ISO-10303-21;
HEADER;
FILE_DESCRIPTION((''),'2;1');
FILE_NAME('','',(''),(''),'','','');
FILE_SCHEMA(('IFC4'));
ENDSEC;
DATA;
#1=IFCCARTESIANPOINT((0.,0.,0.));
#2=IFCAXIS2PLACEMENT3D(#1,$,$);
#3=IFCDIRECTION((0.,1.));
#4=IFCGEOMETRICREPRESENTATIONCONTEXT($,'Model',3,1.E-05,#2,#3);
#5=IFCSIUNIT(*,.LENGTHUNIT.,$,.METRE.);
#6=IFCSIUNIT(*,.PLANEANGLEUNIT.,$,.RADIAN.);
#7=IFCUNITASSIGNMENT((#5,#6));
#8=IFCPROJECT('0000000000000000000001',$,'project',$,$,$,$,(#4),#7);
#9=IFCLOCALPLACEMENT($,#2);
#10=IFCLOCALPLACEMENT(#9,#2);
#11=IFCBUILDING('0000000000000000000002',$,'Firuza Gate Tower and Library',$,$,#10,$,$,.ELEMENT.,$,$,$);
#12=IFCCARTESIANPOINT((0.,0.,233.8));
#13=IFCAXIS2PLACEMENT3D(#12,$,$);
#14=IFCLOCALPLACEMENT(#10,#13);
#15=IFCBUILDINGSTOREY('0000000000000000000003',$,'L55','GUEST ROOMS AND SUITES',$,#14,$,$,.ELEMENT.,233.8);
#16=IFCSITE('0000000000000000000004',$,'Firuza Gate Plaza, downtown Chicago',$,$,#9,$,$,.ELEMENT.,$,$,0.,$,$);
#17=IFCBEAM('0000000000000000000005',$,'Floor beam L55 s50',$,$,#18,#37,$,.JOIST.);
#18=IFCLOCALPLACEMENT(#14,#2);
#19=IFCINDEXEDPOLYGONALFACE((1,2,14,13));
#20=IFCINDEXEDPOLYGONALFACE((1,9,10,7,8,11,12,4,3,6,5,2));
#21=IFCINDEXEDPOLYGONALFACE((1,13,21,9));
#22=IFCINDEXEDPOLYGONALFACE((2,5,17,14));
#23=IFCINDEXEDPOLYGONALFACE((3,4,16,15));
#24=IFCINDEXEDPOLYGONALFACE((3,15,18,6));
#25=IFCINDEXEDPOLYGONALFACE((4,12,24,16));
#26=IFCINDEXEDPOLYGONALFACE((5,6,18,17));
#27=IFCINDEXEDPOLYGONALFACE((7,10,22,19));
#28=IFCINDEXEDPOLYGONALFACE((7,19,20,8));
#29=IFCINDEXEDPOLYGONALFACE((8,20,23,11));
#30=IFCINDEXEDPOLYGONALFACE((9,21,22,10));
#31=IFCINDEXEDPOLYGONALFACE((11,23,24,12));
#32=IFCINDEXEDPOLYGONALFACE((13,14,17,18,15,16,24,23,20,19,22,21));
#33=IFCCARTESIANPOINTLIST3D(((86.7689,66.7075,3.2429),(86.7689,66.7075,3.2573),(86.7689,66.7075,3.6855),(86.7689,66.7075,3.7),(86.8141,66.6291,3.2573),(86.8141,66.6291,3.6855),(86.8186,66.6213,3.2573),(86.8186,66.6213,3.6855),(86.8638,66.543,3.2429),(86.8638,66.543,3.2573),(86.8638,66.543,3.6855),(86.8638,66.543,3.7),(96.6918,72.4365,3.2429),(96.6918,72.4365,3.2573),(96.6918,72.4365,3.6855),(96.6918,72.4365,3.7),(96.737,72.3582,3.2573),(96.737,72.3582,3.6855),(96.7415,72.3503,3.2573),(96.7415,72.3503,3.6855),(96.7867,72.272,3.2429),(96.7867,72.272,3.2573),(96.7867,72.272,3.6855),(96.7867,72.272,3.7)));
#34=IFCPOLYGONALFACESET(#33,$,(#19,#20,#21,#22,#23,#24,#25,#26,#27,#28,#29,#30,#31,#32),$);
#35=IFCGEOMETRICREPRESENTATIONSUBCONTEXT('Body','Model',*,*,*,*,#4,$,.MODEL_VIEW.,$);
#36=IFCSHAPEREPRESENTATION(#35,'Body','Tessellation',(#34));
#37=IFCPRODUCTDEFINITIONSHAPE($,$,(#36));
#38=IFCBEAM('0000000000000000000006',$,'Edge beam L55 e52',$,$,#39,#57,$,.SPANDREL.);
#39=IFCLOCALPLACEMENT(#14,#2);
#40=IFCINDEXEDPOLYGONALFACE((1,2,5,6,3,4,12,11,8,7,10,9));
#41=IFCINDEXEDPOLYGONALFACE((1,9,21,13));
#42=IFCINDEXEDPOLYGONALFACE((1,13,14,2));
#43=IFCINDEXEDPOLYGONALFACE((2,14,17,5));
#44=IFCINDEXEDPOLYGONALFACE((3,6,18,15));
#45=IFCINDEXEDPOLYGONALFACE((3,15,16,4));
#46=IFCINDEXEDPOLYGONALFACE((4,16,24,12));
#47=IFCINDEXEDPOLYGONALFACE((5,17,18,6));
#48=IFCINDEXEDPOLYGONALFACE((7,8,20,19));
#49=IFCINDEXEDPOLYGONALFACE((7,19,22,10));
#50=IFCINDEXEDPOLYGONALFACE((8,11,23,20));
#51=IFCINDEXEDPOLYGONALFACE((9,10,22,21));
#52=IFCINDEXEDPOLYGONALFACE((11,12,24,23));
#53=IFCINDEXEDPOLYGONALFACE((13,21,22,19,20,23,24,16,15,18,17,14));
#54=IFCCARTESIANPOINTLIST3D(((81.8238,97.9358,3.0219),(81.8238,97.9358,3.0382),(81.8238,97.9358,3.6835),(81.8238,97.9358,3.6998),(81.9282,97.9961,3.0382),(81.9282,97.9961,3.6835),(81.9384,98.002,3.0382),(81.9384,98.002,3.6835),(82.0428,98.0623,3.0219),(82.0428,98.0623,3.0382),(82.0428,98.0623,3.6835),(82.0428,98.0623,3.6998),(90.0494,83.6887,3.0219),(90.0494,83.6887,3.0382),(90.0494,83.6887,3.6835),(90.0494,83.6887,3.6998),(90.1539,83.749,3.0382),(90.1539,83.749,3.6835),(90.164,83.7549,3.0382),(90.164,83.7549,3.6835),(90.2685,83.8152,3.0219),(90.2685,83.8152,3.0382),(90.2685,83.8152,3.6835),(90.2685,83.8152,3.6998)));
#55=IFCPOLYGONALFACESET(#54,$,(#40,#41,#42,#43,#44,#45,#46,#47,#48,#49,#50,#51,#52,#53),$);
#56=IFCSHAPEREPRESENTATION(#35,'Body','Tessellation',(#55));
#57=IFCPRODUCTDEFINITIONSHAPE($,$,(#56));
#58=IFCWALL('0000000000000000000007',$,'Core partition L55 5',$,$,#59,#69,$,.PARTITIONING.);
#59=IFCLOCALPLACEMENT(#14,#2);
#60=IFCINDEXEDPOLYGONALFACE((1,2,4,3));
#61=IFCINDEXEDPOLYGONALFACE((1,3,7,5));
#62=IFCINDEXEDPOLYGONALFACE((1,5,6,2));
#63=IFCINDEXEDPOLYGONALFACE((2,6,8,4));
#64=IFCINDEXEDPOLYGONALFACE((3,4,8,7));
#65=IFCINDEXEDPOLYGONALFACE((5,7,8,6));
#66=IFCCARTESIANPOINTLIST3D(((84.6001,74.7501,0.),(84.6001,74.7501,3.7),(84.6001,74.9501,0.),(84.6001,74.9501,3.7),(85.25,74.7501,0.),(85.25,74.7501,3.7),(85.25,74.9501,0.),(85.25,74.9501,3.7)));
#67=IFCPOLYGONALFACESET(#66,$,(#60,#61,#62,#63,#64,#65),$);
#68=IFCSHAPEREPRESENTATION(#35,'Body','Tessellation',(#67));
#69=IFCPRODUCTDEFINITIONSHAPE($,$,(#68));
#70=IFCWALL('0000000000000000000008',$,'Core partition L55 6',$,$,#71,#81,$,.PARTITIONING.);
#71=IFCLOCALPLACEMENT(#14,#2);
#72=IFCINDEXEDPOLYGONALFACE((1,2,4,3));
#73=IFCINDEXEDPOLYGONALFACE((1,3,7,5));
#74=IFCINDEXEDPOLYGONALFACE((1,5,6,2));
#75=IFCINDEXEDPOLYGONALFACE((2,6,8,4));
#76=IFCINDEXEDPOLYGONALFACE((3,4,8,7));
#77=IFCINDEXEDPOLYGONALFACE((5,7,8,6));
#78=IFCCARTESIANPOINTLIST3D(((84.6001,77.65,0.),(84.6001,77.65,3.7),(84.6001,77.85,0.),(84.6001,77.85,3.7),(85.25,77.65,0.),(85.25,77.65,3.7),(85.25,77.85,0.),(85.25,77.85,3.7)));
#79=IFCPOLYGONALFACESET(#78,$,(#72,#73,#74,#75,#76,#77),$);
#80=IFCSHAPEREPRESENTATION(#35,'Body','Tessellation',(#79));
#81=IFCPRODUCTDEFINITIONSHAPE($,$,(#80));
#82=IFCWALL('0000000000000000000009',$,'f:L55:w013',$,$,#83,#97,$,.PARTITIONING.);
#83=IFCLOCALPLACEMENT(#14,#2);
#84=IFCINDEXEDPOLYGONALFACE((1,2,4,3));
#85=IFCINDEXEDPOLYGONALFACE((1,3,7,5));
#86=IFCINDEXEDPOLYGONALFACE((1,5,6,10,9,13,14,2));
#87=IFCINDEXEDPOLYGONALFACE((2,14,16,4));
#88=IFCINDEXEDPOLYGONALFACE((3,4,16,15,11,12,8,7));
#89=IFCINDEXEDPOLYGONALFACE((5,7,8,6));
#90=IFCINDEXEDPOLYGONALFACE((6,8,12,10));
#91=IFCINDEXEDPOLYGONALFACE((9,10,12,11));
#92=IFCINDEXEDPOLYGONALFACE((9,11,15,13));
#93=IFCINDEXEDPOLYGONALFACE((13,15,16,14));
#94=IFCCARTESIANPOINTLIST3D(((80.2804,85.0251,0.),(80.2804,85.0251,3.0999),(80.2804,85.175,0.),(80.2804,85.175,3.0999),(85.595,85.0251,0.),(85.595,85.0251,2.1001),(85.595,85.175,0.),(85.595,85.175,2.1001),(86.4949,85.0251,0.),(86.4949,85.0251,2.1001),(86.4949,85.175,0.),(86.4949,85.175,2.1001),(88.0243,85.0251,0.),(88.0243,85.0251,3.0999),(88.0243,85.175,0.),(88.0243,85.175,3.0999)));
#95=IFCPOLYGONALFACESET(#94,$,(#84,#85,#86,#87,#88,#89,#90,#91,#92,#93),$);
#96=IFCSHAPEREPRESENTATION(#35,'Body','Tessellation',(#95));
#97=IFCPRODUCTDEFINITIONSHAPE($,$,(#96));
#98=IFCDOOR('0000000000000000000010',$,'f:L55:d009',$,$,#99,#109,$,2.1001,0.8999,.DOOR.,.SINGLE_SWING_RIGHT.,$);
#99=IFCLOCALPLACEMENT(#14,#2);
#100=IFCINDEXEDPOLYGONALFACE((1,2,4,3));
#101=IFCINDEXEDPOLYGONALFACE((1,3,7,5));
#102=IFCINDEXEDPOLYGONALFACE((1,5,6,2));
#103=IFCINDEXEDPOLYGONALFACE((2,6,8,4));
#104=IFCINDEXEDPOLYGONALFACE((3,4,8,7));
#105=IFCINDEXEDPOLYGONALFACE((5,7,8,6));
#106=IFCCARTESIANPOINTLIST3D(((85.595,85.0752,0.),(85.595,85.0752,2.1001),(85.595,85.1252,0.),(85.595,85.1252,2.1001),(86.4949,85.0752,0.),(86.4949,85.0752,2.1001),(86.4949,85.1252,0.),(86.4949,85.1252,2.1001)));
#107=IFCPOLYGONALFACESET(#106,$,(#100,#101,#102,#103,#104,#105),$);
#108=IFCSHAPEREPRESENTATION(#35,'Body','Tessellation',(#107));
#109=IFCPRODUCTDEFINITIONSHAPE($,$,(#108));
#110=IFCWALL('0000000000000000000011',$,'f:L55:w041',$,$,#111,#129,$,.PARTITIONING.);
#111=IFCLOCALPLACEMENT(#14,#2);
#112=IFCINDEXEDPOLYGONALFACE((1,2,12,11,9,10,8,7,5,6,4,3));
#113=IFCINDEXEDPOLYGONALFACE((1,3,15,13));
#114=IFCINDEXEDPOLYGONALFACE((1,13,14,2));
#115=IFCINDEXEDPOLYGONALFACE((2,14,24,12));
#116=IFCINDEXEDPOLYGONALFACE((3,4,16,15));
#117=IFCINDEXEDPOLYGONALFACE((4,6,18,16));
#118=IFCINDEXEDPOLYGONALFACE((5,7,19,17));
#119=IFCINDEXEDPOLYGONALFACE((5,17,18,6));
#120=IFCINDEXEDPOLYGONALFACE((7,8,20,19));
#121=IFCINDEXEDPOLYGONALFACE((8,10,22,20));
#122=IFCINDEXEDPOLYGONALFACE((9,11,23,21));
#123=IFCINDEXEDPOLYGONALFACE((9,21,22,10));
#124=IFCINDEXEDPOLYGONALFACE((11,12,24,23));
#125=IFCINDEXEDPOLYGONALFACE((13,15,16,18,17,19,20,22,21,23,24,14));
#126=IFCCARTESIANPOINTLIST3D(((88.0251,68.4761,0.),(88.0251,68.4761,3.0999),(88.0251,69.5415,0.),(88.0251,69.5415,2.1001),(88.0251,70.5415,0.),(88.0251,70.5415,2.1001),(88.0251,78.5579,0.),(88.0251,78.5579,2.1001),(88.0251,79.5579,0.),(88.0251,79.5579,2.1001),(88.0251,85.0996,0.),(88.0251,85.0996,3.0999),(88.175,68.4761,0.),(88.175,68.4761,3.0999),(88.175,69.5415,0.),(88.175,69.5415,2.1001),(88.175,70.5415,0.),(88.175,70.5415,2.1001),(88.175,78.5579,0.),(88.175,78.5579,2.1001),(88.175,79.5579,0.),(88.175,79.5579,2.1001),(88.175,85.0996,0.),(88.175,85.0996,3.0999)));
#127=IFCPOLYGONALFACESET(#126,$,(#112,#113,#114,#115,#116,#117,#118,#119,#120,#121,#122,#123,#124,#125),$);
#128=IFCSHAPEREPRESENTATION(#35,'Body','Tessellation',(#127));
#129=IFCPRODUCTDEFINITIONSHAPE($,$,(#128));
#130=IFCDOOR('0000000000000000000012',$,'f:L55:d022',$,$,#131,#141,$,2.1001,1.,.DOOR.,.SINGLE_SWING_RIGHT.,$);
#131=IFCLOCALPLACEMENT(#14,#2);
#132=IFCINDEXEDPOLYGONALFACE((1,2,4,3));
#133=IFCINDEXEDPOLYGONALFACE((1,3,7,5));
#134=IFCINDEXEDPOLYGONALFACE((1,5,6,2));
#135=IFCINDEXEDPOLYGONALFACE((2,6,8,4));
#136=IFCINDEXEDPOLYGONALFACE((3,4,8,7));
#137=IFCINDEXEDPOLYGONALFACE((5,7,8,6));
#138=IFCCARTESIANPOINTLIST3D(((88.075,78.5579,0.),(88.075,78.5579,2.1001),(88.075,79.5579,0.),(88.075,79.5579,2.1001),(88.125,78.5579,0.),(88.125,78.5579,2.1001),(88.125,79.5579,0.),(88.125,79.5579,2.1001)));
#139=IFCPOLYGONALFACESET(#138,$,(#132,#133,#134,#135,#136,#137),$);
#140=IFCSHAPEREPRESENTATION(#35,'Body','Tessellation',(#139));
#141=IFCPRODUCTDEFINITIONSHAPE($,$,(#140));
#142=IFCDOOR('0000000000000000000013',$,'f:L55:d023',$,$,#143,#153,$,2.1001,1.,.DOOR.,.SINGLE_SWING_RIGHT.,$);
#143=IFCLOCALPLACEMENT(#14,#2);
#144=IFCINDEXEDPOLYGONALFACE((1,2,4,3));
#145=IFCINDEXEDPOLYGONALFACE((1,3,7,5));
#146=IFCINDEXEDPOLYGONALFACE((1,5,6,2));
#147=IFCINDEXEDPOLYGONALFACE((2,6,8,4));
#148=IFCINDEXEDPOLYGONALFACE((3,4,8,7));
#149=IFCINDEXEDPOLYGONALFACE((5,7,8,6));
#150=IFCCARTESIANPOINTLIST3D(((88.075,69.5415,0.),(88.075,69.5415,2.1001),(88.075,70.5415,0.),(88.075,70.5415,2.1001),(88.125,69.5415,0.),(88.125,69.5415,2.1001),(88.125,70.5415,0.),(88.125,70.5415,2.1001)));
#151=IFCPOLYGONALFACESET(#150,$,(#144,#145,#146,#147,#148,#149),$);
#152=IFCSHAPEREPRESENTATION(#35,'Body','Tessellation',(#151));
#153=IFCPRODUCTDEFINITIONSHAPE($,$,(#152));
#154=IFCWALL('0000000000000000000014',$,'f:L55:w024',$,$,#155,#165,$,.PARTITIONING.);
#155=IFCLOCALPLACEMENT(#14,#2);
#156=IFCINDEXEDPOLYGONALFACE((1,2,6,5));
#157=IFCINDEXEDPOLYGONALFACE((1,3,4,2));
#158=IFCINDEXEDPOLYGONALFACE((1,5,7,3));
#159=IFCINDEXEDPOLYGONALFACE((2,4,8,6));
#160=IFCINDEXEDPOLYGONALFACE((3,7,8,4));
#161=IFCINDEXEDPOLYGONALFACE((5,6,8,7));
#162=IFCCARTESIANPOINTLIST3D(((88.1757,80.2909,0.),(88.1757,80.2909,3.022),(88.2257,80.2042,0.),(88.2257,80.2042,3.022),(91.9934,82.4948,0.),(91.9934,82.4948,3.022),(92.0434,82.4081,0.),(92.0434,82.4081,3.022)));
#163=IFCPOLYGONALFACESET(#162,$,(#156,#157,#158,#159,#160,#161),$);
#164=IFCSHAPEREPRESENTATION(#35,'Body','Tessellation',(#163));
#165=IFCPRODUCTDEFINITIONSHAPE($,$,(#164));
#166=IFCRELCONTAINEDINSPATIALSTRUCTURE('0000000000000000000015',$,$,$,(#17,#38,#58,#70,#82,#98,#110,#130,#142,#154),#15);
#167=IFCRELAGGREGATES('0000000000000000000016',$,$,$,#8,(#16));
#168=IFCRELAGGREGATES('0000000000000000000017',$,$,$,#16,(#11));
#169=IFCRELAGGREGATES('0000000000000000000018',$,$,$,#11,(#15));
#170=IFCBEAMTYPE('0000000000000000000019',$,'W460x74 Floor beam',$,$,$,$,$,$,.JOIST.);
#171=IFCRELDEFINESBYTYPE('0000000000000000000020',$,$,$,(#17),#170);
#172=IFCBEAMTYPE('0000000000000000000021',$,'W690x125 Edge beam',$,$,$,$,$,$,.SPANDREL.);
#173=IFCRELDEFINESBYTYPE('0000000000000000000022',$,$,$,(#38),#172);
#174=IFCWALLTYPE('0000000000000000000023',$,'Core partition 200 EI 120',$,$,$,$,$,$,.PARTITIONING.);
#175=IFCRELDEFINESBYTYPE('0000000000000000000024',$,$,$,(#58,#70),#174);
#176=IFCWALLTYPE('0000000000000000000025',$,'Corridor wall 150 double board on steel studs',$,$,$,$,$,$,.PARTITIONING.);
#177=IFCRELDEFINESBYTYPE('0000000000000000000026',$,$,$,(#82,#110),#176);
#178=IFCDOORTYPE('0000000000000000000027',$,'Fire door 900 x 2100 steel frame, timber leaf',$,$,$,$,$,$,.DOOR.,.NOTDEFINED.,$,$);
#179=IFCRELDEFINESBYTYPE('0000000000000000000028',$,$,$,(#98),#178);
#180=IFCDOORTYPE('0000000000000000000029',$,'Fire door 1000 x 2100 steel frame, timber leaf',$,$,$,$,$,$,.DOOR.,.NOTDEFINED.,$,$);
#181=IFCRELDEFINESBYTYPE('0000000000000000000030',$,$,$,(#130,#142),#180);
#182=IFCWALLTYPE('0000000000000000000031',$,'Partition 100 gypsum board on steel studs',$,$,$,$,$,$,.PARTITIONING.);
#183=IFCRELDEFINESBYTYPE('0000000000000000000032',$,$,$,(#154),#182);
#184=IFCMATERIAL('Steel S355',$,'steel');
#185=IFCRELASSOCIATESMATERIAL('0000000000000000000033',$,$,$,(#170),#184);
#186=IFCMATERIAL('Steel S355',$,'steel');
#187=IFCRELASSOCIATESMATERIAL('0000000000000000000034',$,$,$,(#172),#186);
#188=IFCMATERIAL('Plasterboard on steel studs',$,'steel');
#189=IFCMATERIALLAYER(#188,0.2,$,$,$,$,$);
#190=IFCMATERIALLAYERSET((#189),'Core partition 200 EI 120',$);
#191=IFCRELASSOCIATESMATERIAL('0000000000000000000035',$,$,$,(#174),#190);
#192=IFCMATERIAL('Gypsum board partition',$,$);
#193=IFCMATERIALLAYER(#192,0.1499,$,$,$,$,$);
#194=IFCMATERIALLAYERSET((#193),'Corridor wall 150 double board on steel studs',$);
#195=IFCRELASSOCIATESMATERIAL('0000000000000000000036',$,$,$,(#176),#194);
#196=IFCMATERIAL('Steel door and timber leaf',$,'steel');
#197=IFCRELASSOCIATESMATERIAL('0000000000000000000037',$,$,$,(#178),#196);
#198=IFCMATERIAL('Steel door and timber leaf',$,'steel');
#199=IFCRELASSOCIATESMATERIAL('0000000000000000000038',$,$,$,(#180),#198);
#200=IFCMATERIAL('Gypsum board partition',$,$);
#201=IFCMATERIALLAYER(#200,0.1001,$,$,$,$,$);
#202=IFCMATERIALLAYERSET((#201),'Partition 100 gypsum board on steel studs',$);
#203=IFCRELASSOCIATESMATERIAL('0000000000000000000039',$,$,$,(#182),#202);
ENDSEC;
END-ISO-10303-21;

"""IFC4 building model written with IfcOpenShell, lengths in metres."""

from ifc_helpers import new_model, si_unit, direction, frame, frame_2d, origin, origin_2d, place, context, subcontext, project, spatial, rectangle, i_section, extrude, material, layer, layer_set, material_profile, profile_set, type_object, element, fill, save


model = new_model("IFC4")

# Units and contexts
model_context = context("Model", 3, precision=1e-05, world=origin(), true_north=direction((0.0, 1.0)))
body_context = subcontext(model_context, "Body", "Model", "MODEL_VIEW")
ifc_project = project(units=[si_unit("LENGTHUNIT", "METRE"), si_unit("PLANEANGLEUNIT", "RADIAN")], contexts=[model_context])

# Site, building, storey
site_placement = place(None, origin())
site = spatial("IfcSite", under=ifc_project, at=site_placement, Name="Firuza Gate Plaza, downtown Chicago", CompositionType="ELEMENT", RefElevation=0.0)
building_placement = place(site_placement, origin())
building = spatial("IfcBuilding", under=site, at=building_placement, Name="Firuza Gate Tower and Library", CompositionType="ELEMENT")
storey_placement = place(building_placement, frame((0.0, 0.0, 233.8)))
storey = spatial("IfcBuildingStorey", under=building, at=storey_placement, Name="L55", Description="GUEST ROOMS AND SUITES", CompositionType="ELEMENT", Elevation=233.8)

# Beams
ifc_material_1 = material(Name="Steel S355", Category="steel")
ifc_material_profile_1 = material_profile(ifc_material_1, i_section(OverallWidth=0.1899, OverallDepth=0.457, WebThickness=0.009, FlangeThickness=0.0144, at=origin_2d()))
ifc_profile_set_1 = profile_set([ifc_material_profile_1], Name="Steel S355")
beam_type_1 = type_object("IfcBeamType", Name="W460x74 Floor beam", PredefinedType="JOIST", material=ifc_profile_set_1)
beam_1_placement = place(storey_placement, frame((96.7393, 72.3542, 3.4714), z_axis=(-0.866024, -0.500003, 0.0), x_axis=(0.500003, -0.866024, 0.0)))
element("IfcBeam", 1, at=beam_1_placement, inside=storey, type_object=beam_type_1, Name="Floor beam L55 s50", PredefinedType="JOIST", context=body_context, shape_type="SweptSolid", body=[
    extrude(i_section(OverallWidth=0.1899, OverallDepth=0.457, WebThickness=0.009, FlangeThickness=0.0144, at=origin_2d()), origin(), (0.0, 0.0, 1.0), 11.458),
])
ifc_material_2 = material(Name="Steel S355", Category="steel")
ifc_material_profile_2 = material_profile(ifc_material_2, i_section(OverallWidth=0.2529, OverallDepth=0.678, WebThickness=0.0117, FlangeThickness=0.0164, at=origin_2d()))
ifc_profile_set_2 = profile_set([ifc_material_profile_2], Name="Steel S355")
beam_type_2 = type_object("IfcBeamType", Name="W690x125 Edge beam", PredefinedType="SPANDREL", material=ifc_profile_set_2)
beam_2_placement = place(storey_placement, frame((90.1589, 83.752, 3.3608), z_axis=(-0.500002, 0.866024, 0.0), x_axis=(-0.866024, -0.500002, 0.0)))
element("IfcBeam", 2, at=beam_2_placement, inside=storey, type_object=beam_type_2, Name="Edge beam L55 e52", PredefinedType="SPANDREL", context=body_context, shape_type="SweptSolid", body=[
    extrude(i_section(OverallWidth=0.2529, OverallDepth=0.678, WebThickness=0.0117, FlangeThickness=0.0164, at=origin_2d()), origin(), (0.0, 0.0, 1.0), 16.4512),
])

# Walls
ifc_material_3 = material(Name="Plasterboard on steel studs", Category="steel")
ifc_layer_1 = layer(ifc_material_3, 0.2)
ifc_layer_set_1 = layer_set([ifc_layer_1], Name="Core partition 200 EI 120")
wall_type_1 = type_object("IfcWallType", Name="Core partition 200 EI 120", PredefinedType="PARTITIONING", material=ifc_layer_set_1)
for number, where, z_axis, x_axis, name in (
    (3, (84.6001, 74.8501, 0.0), (0.0, 0.0, 1.0), (1.0, 0.0, 0.0), "Core partition L55 5"),
    (4, (84.6001, 77.75, 0.0), (0.0, 0.0, 1.0), (1.0, 0.0, 0.0), "Core partition L55 6"),
):
    element("IfcWall", number, at=place(storey_placement, frame(where, z_axis=z_axis, x_axis=x_axis)), inside=storey, type_object=wall_type_1, Name=name, PredefinedType="PARTITIONING", context=body_context, shape_type="SweptSolid", body=[
        extrude(rectangle(XDim=0.6499, YDim=0.2, at=frame_2d((0.325, 0.0))), origin(), (0.0, 0.0, 1.0), 3.7),
    ])

# Wall, opening, door
ifc_material_4 = material(Name="Gypsum board partition")
ifc_layer_2 = layer(ifc_material_4, 0.1499)
ifc_layer_set_2 = layer_set([ifc_layer_2], Name="Corridor wall 150 double board on steel studs")
wall_type_2 = type_object("IfcWallType", Name="Corridor wall 150 double board on steel studs", PredefinedType="PARTITIONING", material=ifc_layer_set_2)
wall_1_placement = place(storey_placement, frame((88.0244, 85.1001, 0.0), z_axis=(0.0, 0.0, 1.0), x_axis=(-1.0, 0.0, 0.0)))
wall_1 = element("IfcWall", 5, at=wall_1_placement, inside=storey, type_object=wall_type_2, Name="f:L55:w013", PredefinedType="PARTITIONING", context=body_context, shape_type="SweptSolid", body=[
    extrude(rectangle(XDim=7.7439, YDim=0.1499, at=frame_2d((3.8721, 0.0))), origin(), (0.0, 0.0, 1.0), 3.0999),
])
opening_1_placement = place(wall_1_placement, frame((1.5295, 0.0, 0.0)))
opening_1 = element("IfcOpeningElement", 6, at=opening_1_placement, cuts=wall_1, PredefinedType="OPENING", context=body_context, shape_type="SweptSolid", body=[
    extrude(rectangle(XDim=0.8999, YDim=2.1001, at=frame_2d((0.45, 1.05))), frame((0.0, 0.085, 0.0), z_axis=(0.0, -1.0, 0.0), x_axis=(1.0, 0.0, 0.0)), (0.0, 0.0, 1.0), 0.1699),
])
ifc_material_5 = material(Name="Steel door and timber leaf", Category="steel")
door_type_1 = type_object("IfcDoorType", Name="Fire door 900 x 2100 steel frame, timber leaf", OperationType="NOTDEFINED", PredefinedType="DOOR", material=ifc_material_5)
door_1_placement = place(opening_1_placement, origin())
door_1 = element("IfcDoor", 7, at=door_1_placement, inside=storey, type_object=door_type_1, Name="f:L55:d009", OperationType="SINGLE_SWING_RIGHT", OverallHeight=2.1001, OverallWidth=0.8999, PredefinedType="DOOR", context=body_context, shape_type="SweptSolid", body=[
    extrude(rectangle(XDim=0.8999, YDim=2.1001, at=frame_2d((0.45, 1.05))), frame((0.0, 0.0249, 0.0), z_axis=(0.0, -1.0, 0.0), x_axis=(1.0, 0.0, 0.0)), (0.0, 0.0, 1.0), 0.05),
])
fill(opening_1, door_1)

# Wall, openings, doors
wall_2_placement = place(storey_placement, frame((88.1001, 85.0996, 0.0), z_axis=(0.0, 0.0, 1.0), x_axis=(0.0, -1.0, 0.0)))
wall_2 = element("IfcWall", 8, at=wall_2_placement, inside=storey, type_object=wall_type_2, Name="f:L55:w041", PredefinedType="PARTITIONING", context=body_context, shape_type="SweptSolid", body=[
    extrude(rectangle(XDim=16.6235, YDim=0.1499, at=frame_2d((8.3118, 0.0))), origin(), (0.0, 0.0, 1.0), 3.0999),
])
opening_2_placement = place(wall_2_placement, frame((5.5417, 0.0, 0.0)))
opening_2 = element("IfcOpeningElement", 9, at=opening_2_placement, cuts=wall_2, PredefinedType="OPENING", context=body_context, shape_type="SweptSolid", body=[
    extrude(rectangle(XDim=1.0, YDim=2.1001, at=frame_2d((0.5, 1.05))), frame((0.0, 0.085, 0.0), z_axis=(0.0, -1.0, 0.0), x_axis=(1.0, 0.0, 0.0)), (0.0, 0.0, 1.0), 0.1699),
])
opening_3_placement = place(wall_2_placement, frame((14.5581, 0.0, 0.0)))
opening_3 = element("IfcOpeningElement", 10, at=opening_3_placement, cuts=wall_2, PredefinedType="OPENING", context=body_context, shape_type="SweptSolid", body=[
    extrude(rectangle(XDim=1.0, YDim=2.1001, at=frame_2d((0.5, 1.05))), frame((0.0, 0.085, 0.0), z_axis=(0.0, -1.0, 0.0), x_axis=(1.0, 0.0, 0.0)), (0.0, 0.0, 1.0), 0.1699),
])
ifc_material_6 = material(Name="Steel door and timber leaf", Category="steel")
door_type_2 = type_object("IfcDoorType", Name="Fire door 1000 x 2100 steel frame, timber leaf", OperationType="NOTDEFINED", PredefinedType="DOOR", material=ifc_material_6)
door_2_placement = place(opening_2_placement, origin())
door_2 = element("IfcDoor", 11, at=door_2_placement, inside=storey, type_object=door_type_2, Name="f:L55:d022", OperationType="SINGLE_SWING_RIGHT", OverallHeight=2.1001, OverallWidth=1.0, PredefinedType="DOOR", context=body_context, shape_type="SweptSolid", body=[
    extrude(rectangle(XDim=1.0, YDim=2.1001, at=frame_2d((0.5, 1.05))), frame((0.0, 0.0249, 0.0), z_axis=(0.0, -1.0, 0.0), x_axis=(1.0, 0.0, 0.0)), (0.0, 0.0, 1.0), 0.05),
])
fill(opening_2, door_2)
door_3_placement = place(opening_3_placement, origin())
door_3 = element("IfcDoor", 12, at=door_3_placement, inside=storey, type_object=door_type_2, Name="f:L55:d023", OperationType="SINGLE_SWING_RIGHT", OverallHeight=2.1001, OverallWidth=1.0, PredefinedType="DOOR", context=body_context, shape_type="SweptSolid", body=[
    extrude(rectangle(XDim=1.0, YDim=2.1001, at=frame_2d((0.5, 1.05))), frame((0.0, 0.0249, 0.0), z_axis=(0.0, -1.0, 0.0), x_axis=(1.0, 0.0, 0.0)), (0.0, 0.0, 1.0), 0.05),
])
fill(opening_3, door_3)

# Wall
ifc_material_7 = material(Name="Gypsum board partition")
ifc_layer_3 = layer(ifc_material_7, 0.1001)
ifc_layer_set_3 = layer_set([ifc_layer_3], Name="Partition 100 gypsum board on steel studs")
wall_type_3 = type_object("IfcWallType", Name="Partition 100 gypsum board on steel studs", PredefinedType="PARTITIONING", material=ifc_layer_set_3)
wall_3_placement = place(storey_placement, frame((88.2007, 80.2476, 0.0), z_axis=(0.0, 0.0, 1.0), x_axis=(0.86605, 0.499957, 0.0)))
element("IfcWall", 13, at=wall_3_placement, inside=storey, type_object=wall_type_3, Name="f:L55:w024", PredefinedType="PARTITIONING", context=body_context, shape_type="SweptSolid", body=[
    extrude(rectangle(XDim=4.4082, YDim=0.1001, at=frame_2d((2.2041, 0.0))), origin(), (0.0, 0.0, 1.0), 3.022),
])

save(model, "model.ifc")
